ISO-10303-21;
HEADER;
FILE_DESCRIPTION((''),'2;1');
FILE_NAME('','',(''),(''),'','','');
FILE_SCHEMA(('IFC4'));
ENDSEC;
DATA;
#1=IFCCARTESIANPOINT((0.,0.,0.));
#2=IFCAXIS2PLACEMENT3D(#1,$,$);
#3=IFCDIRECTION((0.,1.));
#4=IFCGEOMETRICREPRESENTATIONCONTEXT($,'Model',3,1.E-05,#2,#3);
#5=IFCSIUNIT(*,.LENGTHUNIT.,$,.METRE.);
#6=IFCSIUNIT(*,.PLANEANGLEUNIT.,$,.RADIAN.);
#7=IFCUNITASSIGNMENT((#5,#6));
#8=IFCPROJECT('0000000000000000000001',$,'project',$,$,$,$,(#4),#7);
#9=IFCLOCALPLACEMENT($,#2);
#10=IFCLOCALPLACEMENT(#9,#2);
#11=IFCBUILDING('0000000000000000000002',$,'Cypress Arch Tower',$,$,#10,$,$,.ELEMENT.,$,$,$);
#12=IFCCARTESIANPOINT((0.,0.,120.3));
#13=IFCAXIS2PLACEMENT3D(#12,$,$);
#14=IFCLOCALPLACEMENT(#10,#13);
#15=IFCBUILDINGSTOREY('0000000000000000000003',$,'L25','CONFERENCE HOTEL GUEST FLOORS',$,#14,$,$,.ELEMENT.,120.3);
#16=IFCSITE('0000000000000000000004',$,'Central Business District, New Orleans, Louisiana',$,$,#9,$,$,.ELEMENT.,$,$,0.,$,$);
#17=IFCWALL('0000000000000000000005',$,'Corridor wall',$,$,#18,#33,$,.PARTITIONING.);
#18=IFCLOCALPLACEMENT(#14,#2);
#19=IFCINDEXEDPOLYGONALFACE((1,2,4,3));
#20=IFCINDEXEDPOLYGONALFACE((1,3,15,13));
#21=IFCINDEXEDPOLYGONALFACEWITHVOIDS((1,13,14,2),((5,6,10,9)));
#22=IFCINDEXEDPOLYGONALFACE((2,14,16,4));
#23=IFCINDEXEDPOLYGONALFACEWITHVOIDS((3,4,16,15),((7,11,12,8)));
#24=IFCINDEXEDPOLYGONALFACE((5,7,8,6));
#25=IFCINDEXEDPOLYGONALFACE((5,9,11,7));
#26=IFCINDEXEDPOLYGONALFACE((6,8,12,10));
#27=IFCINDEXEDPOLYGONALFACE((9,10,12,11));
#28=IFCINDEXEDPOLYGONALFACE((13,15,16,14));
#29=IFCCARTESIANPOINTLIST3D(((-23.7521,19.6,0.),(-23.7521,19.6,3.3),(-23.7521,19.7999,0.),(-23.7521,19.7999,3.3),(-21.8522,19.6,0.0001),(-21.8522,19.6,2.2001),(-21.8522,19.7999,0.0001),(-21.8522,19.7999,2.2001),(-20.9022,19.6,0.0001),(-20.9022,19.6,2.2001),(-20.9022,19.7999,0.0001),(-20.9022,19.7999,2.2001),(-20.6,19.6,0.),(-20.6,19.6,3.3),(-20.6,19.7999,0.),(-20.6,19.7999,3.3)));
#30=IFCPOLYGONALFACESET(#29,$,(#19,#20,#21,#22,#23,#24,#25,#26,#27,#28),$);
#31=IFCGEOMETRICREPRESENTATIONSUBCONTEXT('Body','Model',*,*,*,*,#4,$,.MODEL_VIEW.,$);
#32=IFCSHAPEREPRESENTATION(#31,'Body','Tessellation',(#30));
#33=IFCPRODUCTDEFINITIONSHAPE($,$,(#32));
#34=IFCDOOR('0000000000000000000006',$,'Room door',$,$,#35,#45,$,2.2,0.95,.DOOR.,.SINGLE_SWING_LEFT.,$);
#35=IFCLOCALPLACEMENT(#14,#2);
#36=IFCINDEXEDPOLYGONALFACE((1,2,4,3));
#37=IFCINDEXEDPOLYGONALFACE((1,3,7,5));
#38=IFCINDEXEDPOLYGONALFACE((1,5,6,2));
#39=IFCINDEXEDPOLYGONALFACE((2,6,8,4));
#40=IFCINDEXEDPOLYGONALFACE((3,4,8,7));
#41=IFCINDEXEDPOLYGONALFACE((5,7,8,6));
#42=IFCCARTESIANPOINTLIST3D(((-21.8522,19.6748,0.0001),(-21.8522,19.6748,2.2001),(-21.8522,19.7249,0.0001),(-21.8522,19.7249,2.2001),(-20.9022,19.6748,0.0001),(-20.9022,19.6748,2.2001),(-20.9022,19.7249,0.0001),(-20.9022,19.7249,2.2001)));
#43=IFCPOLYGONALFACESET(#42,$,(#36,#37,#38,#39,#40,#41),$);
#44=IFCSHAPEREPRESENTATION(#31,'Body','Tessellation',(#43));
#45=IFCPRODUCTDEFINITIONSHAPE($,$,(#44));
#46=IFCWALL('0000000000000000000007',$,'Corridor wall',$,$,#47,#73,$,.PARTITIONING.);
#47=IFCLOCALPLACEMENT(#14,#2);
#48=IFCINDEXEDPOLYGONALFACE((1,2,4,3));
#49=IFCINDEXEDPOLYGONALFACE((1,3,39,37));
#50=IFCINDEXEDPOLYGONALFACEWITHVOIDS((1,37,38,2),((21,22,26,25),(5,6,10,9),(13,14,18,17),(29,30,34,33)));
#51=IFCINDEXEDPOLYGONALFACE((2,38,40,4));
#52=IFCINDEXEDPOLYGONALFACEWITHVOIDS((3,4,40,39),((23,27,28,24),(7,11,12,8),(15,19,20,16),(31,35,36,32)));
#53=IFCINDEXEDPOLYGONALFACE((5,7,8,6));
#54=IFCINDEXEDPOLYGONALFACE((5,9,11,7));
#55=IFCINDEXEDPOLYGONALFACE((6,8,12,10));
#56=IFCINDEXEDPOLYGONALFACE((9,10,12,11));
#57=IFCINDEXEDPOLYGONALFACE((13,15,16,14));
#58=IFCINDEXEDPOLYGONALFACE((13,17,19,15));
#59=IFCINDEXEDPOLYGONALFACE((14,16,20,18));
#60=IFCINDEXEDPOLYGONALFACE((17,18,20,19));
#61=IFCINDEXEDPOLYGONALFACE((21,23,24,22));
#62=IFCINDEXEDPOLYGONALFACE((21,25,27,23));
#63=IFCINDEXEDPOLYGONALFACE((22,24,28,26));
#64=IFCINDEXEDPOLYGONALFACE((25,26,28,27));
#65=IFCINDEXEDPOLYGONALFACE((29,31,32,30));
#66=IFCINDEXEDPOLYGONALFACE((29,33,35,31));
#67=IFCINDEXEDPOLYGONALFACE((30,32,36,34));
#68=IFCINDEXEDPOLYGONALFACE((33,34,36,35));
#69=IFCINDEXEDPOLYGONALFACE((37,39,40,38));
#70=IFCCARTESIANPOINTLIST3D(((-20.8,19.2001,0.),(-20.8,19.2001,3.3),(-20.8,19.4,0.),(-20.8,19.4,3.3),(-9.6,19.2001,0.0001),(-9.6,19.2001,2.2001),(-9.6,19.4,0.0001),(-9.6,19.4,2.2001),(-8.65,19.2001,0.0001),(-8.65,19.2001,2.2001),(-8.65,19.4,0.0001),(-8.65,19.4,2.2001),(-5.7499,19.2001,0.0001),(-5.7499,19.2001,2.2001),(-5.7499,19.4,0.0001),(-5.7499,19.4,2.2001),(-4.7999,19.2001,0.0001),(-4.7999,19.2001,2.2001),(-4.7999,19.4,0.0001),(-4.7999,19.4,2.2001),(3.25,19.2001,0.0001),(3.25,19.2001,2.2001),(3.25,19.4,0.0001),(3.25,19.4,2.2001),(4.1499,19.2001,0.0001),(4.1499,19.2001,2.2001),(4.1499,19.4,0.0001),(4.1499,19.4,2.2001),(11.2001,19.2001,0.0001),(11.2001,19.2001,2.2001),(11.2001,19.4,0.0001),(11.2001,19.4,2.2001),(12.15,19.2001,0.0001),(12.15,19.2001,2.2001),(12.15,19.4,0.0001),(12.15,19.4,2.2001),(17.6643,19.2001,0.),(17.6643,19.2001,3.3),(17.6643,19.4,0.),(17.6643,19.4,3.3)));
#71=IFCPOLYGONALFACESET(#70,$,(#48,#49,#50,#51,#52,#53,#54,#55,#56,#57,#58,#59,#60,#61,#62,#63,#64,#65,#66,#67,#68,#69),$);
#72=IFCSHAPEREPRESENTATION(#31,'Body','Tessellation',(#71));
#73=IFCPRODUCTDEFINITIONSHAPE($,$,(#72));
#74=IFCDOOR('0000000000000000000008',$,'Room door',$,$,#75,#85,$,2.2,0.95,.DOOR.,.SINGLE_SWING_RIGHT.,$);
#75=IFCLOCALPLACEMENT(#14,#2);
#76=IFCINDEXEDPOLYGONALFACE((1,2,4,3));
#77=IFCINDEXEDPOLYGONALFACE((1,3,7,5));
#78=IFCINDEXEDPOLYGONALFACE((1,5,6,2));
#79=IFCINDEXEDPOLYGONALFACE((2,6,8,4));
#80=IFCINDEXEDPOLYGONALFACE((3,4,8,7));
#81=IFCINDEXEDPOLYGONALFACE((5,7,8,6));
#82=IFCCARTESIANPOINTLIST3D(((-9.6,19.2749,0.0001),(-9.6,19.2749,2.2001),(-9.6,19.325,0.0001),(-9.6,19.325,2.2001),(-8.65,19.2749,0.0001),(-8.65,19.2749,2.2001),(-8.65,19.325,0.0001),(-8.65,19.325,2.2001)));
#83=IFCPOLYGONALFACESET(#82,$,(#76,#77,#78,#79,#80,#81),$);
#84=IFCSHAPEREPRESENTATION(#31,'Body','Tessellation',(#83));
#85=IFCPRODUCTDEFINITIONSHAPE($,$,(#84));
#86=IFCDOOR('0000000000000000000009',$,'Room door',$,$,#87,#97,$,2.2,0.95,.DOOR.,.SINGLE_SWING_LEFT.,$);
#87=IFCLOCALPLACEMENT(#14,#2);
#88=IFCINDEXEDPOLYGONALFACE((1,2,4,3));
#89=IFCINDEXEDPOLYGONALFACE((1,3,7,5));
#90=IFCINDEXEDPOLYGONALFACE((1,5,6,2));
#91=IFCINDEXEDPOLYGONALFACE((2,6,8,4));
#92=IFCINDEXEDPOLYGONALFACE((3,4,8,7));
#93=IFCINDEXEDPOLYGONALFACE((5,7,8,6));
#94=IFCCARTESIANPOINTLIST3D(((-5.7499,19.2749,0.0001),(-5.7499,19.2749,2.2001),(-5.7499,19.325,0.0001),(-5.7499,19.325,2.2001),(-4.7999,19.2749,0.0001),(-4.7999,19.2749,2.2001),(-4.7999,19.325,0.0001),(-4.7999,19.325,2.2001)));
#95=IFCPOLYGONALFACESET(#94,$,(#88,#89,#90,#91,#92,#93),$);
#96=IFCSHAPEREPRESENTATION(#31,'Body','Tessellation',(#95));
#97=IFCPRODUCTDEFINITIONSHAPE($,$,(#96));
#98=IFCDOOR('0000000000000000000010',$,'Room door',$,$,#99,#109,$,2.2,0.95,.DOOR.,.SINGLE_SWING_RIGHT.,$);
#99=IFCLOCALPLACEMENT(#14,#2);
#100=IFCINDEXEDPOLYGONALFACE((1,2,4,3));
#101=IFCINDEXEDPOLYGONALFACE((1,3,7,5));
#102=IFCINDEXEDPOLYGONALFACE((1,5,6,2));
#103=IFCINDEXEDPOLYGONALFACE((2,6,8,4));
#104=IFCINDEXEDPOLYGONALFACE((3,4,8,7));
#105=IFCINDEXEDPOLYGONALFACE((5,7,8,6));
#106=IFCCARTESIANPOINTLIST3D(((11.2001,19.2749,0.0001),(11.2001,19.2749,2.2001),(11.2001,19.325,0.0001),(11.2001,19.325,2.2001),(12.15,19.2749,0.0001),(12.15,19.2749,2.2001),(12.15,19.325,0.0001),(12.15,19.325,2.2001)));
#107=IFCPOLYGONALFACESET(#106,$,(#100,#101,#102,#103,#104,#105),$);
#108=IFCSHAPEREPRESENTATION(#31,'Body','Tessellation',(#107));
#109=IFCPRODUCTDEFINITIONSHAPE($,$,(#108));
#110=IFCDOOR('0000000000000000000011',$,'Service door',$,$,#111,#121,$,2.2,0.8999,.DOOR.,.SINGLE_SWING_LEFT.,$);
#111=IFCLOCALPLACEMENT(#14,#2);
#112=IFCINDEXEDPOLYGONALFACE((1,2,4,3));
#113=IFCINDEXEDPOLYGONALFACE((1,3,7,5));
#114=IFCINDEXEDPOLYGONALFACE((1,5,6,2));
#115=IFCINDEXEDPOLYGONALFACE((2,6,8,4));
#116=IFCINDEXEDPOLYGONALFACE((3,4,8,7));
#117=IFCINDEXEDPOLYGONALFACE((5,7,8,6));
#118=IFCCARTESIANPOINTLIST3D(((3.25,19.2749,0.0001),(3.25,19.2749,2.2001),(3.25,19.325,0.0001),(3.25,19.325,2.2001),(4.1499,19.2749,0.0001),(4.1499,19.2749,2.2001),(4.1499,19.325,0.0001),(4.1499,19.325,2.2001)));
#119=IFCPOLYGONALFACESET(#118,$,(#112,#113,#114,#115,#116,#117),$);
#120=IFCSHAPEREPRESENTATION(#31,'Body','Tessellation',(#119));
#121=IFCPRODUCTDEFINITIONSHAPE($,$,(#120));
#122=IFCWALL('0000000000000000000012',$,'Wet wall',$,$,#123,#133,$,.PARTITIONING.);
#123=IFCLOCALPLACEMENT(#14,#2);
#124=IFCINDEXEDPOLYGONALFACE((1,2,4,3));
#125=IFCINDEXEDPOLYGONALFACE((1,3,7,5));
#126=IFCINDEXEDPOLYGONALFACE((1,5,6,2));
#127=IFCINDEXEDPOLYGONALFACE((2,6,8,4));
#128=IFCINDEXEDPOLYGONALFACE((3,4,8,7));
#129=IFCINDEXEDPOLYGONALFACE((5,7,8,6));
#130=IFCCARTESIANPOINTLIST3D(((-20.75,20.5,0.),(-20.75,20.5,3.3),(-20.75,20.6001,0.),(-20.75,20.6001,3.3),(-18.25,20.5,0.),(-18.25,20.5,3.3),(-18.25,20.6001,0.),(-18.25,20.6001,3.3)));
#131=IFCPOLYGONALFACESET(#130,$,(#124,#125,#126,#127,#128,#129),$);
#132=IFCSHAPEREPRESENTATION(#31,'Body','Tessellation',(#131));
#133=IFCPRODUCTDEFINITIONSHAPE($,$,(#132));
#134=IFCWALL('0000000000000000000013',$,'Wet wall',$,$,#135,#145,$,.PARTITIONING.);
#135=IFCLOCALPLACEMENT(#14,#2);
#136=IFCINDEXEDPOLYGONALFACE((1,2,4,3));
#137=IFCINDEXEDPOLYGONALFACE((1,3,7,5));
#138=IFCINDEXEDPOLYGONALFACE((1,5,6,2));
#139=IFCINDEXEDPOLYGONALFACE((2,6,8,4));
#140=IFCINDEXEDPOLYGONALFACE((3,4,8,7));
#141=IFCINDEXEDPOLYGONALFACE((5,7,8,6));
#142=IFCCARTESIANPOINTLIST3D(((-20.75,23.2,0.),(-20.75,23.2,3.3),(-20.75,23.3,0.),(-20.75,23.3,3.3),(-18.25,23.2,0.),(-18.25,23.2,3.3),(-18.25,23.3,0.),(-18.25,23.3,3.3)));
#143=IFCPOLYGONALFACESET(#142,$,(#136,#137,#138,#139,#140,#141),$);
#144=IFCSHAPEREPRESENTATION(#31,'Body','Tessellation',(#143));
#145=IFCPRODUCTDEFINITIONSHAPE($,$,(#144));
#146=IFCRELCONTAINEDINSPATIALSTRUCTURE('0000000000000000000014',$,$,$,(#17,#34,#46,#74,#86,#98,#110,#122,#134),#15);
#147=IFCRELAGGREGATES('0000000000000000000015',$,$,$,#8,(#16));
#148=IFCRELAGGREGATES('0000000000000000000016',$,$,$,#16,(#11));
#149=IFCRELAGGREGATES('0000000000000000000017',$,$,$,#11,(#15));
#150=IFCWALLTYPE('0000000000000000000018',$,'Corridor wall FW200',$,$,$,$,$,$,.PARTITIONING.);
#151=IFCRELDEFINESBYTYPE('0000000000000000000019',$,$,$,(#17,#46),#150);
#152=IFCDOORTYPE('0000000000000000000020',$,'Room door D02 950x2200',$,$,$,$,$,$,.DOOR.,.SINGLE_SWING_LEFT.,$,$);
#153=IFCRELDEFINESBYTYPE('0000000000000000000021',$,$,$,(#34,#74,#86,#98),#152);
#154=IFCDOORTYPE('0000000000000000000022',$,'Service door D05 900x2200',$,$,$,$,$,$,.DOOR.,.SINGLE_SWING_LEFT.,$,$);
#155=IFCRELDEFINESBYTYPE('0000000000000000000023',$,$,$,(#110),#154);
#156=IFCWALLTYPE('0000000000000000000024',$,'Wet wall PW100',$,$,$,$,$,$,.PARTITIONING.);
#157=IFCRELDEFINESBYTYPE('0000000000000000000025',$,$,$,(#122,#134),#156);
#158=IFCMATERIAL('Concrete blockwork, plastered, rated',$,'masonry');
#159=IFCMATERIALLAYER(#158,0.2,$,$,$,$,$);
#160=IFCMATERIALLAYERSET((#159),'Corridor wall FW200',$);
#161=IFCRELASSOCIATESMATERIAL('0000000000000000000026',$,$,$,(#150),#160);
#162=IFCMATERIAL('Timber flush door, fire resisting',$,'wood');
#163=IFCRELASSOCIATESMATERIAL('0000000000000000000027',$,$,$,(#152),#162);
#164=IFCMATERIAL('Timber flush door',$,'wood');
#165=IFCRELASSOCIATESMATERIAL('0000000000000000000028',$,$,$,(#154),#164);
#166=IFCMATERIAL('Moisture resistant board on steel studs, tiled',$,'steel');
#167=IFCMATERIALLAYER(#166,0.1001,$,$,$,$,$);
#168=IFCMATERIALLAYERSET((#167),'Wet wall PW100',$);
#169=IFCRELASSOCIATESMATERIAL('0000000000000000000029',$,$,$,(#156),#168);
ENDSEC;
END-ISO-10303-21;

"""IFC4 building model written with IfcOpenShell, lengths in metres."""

from ifc_helpers import new_model, si_unit, direction, frame, frame_2d, origin, place, context, subcontext, project, spatial, rectangle, extrude, material, layer, layer_set, type_object, element, fill, save


model = new_model("IFC4")

# Units and contexts
model_context = context("Model", 3, precision=1e-05, world=origin(), true_north=direction((0.0, 1.0)))
body_context = subcontext(model_context, "Body", "Model", "MODEL_VIEW")
ifc_project = project(units=[si_unit("LENGTHUNIT", "METRE"), si_unit("PLANEANGLEUNIT", "RADIAN")], contexts=[model_context])

# Site, building, storey
site_placement = place(None, origin())
site = spatial("IfcSite", under=ifc_project, at=site_placement, Name="Central Business District, New Orleans, Louisiana", CompositionType="ELEMENT", RefElevation=0.0)
building_placement = place(site_placement, origin())
building = spatial("IfcBuilding", under=site, at=building_placement, Name="Cypress Arch Tower", CompositionType="ELEMENT")
storey_placement = place(building_placement, frame((0.0, 0.0, 120.3)))
storey = spatial("IfcBuildingStorey", under=building, at=storey_placement, Name="L25", Description="CONFERENCE HOTEL GUEST FLOORS", CompositionType="ELEMENT", Elevation=120.3)

# Wall, opening, door
ifc_material_1 = material(Name="Concrete blockwork, plastered, rated", Category="masonry")
ifc_layer_1 = layer(ifc_material_1, 0.2)
ifc_layer_set_1 = layer_set([ifc_layer_1], Name="Corridor wall FW200")
wall_type_1 = type_object("IfcWallType", Name="Corridor wall FW200", PredefinedType="PARTITIONING", material=ifc_layer_set_1)
wall_1_placement = place(storey_placement, frame((-23.7522, 19.7, 0.0), z_axis=(0.0, 0.0, 1.0), x_axis=(1.0, 0.0, 0.0)))
wall_1 = element("IfcWall", 1, at=wall_1_placement, inside=storey, type_object=wall_type_1, Name="Corridor wall", PredefinedType="PARTITIONING", context=body_context, shape_type="SweptSolid", body=[
    extrude(rectangle(XDim=3.1521, YDim=0.2, at=frame_2d((1.5762, 0.0))), origin(), (0.0, 0.0, 1.0), 3.3),
])
opening_1_placement = place(wall_1_placement, frame((1.8999, 0.0, 0.0)))
opening_1 = element("IfcOpeningElement", 2, at=opening_1_placement, cuts=wall_1, PredefinedType="OPENING", context=body_context, shape_type="SweptSolid", body=[
    extrude(rectangle(XDim=0.95, YDim=2.2, at=frame_2d((0.4751, 1.1001))), frame((0.0, 0.1099, 0.0), z_axis=(0.0, -1.0, 0.0), x_axis=(1.0, 0.0, 0.0)), (0.0, 0.0, 1.0), 0.22),
])
ifc_material_2 = material(Name="Timber flush door, fire resisting", Category="wood")
door_type_1 = type_object("IfcDoorType", Name="Room door D02 950x2200", OperationType="SINGLE_SWING_LEFT", PredefinedType="DOOR", material=ifc_material_2)
door_1_placement = place(opening_1_placement, origin())
door_1 = element("IfcDoor", 3, at=door_1_placement, inside=storey, type_object=door_type_1, Name="Room door", OperationType="SINGLE_SWING_LEFT", OverallHeight=2.2, OverallWidth=0.95, PredefinedType="DOOR", context=body_context, shape_type="SweptSolid", body=[
    extrude(rectangle(XDim=0.95, YDim=2.2, at=frame_2d((0.4751, 1.1001))), frame((0.0, 0.0249, 0.0), z_axis=(0.0, -1.0, 0.0), x_axis=(1.0, 0.0, 0.0)), (0.0, 0.0, 1.0), 0.05),
])
fill(opening_1, door_1)

# Wall, openings, doors
wall_2_placement = place(storey_placement, frame((-20.8, 19.3, 0.0), z_axis=(0.0, 0.0, 1.0), x_axis=(1.0, 0.0, 0.0)))
wall_2 = element("IfcWall", 4, at=wall_2_placement, inside=storey, type_object=wall_type_1, Name="Corridor wall", PredefinedType="PARTITIONING", context=body_context, shape_type="SweptSolid", body=[
    extrude(rectangle(XDim=38.4644, YDim=0.2, at=frame_2d((19.2322, 0.0))), origin(), (0.0, 0.0, 1.0), 3.3),
])
opening_2_placement = place(wall_2_placement, frame((24.05, 0.0, 0.0)))
opening_2 = element("IfcOpeningElement", 5, at=opening_2_placement, cuts=wall_2, PredefinedType="OPENING", context=body_context, shape_type="SweptSolid", body=[
    extrude(rectangle(XDim=0.8999, YDim=2.2, at=frame_2d((0.45, 1.1001))), frame((0.0, 0.1099, 0.0), z_axis=(0.0, -1.0, 0.0), x_axis=(1.0, 0.0, 0.0)), (0.0, 0.0, 1.0), 0.22),
])
opening_3_placement = place(wall_2_placement, frame((11.2, 0.0, 0.0)))
opening_3 = element("IfcOpeningElement", 6, at=opening_3_placement, cuts=wall_2, PredefinedType="OPENING", context=body_context, shape_type="SweptSolid", body=[
    extrude(rectangle(XDim=0.95, YDim=2.2, at=frame_2d((0.4751, 1.1001))), frame((0.0, 0.1099, 0.0), z_axis=(0.0, -1.0, 0.0), x_axis=(1.0, 0.0, 0.0)), (0.0, 0.0, 1.0), 0.22),
])
opening_4_placement = place(wall_2_placement, frame((15.05, 0.0, 0.0)))
opening_4 = element("IfcOpeningElement", 7, at=opening_4_placement, cuts=wall_2, PredefinedType="OPENING", context=body_context, shape_type="SweptSolid", body=[
    extrude(rectangle(XDim=0.95, YDim=2.2, at=frame_2d((0.4751, 1.1001))), frame((0.0, 0.1099, 0.0), z_axis=(0.0, -1.0, 0.0), x_axis=(1.0, 0.0, 0.0)), (0.0, 0.0, 1.0), 0.22),
])
opening_5_placement = place(wall_2_placement, frame((32.0, 0.0, 0.0)))
opening_5 = element("IfcOpeningElement", 8, at=opening_5_placement, cuts=wall_2, PredefinedType="OPENING", context=body_context, shape_type="SweptSolid", body=[
    extrude(rectangle(XDim=0.95, YDim=2.2, at=frame_2d((0.4751, 1.1001))), frame((0.0, 0.1099, 0.0), z_axis=(0.0, -1.0, 0.0), x_axis=(1.0, 0.0, 0.0)), (0.0, 0.0, 1.0), 0.22),
])
door_2_placement = place(opening_3_placement, origin())
door_2 = element("IfcDoor", 9, at=door_2_placement, inside=storey, type_object=door_type_1, Name="Room door", OperationType="SINGLE_SWING_RIGHT", OverallHeight=2.2, OverallWidth=0.95, PredefinedType="DOOR", context=body_context, shape_type="SweptSolid", body=[
    extrude(rectangle(XDim=0.95, YDim=2.2, at=frame_2d((0.4751, 1.1001))), frame((0.0, 0.0249, 0.0), z_axis=(0.0, -1.0, 0.0), x_axis=(1.0, 0.0, 0.0)), (0.0, 0.0, 1.0), 0.05),
])
fill(opening_3, door_2)
door_3_placement = place(opening_4_placement, origin())
door_3 = element("IfcDoor", 10, at=door_3_placement, inside=storey, type_object=door_type_1, Name="Room door", OperationType="SINGLE_SWING_LEFT", OverallHeight=2.2, OverallWidth=0.95, PredefinedType="DOOR", context=body_context, shape_type="SweptSolid", body=[
    extrude(rectangle(XDim=0.95, YDim=2.2, at=frame_2d((0.4751, 1.1001))), frame((0.0, 0.0249, 0.0), z_axis=(0.0, -1.0, 0.0), x_axis=(1.0, 0.0, 0.0)), (0.0, 0.0, 1.0), 0.05),
])
fill(opening_4, door_3)
door_4_placement = place(opening_5_placement, origin())
door_4 = element("IfcDoor", 11, at=door_4_placement, inside=storey, type_object=door_type_1, Name="Room door", OperationType="SINGLE_SWING_RIGHT", OverallHeight=2.2, OverallWidth=0.95, PredefinedType="DOOR", context=body_context, shape_type="SweptSolid", body=[
    extrude(rectangle(XDim=0.95, YDim=2.2, at=frame_2d((0.4751, 1.1001))), frame((0.0, 0.0249, 0.0), z_axis=(0.0, -1.0, 0.0), x_axis=(1.0, 0.0, 0.0)), (0.0, 0.0, 1.0), 0.05),
])
fill(opening_5, door_4)
ifc_material_3 = material(Name="Timber flush door", Category="wood")
door_type_2 = type_object("IfcDoorType", Name="Service door D05 900x2200", OperationType="SINGLE_SWING_LEFT", PredefinedType="DOOR", material=ifc_material_3)
door_5_placement = place(opening_2_placement, origin())
door_5 = element("IfcDoor", 12, at=door_5_placement, inside=storey, type_object=door_type_2, Name="Service door", OperationType="SINGLE_SWING_LEFT", OverallHeight=2.2, OverallWidth=0.8999, PredefinedType="DOOR", context=body_context, shape_type="SweptSolid", body=[
    extrude(rectangle(XDim=0.8999, YDim=2.2, at=frame_2d((0.45, 1.1001))), frame((0.0, 0.0249, 0.0), z_axis=(0.0, -1.0, 0.0), x_axis=(1.0, 0.0, 0.0)), (0.0, 0.0, 1.0), 0.05),
])
fill(opening_2, door_5)

# Walls
ifc_material_4 = material(Name="Moisture resistant board on steel studs, tiled", Category="steel")
ifc_layer_2 = layer(ifc_material_4, 0.1001)
ifc_layer_set_2 = layer_set([ifc_layer_2], Name="Wet wall PW100")
wall_type_2 = type_object("IfcWallType", Name="Wet wall PW100", PredefinedType="PARTITIONING", material=ifc_layer_set_2)
for number, where, z_axis, x_axis, name in (
    (13, (-20.75, 20.55, 0.0), (0.0, 0.0, 1.0), (1.0, 0.0, 0.0), "Wet wall"),
    (14, (-20.75, 23.25, 0.0), (0.0, 0.0, 1.0), (1.0, 0.0, 0.0), "Wet wall"),
):
    element("IfcWall", number, at=place(storey_placement, frame(where, z_axis=z_axis, x_axis=x_axis)), inside=storey, type_object=wall_type_2, Name=name, PredefinedType="PARTITIONING", context=body_context, shape_type="SweptSolid", body=[
        extrude(rectangle(XDim=2.5, YDim=0.1001, at=frame_2d((1.25, 0.0))), origin(), (0.0, 0.0, 1.0), 3.3),
    ])

save(model, "model.ifc")
